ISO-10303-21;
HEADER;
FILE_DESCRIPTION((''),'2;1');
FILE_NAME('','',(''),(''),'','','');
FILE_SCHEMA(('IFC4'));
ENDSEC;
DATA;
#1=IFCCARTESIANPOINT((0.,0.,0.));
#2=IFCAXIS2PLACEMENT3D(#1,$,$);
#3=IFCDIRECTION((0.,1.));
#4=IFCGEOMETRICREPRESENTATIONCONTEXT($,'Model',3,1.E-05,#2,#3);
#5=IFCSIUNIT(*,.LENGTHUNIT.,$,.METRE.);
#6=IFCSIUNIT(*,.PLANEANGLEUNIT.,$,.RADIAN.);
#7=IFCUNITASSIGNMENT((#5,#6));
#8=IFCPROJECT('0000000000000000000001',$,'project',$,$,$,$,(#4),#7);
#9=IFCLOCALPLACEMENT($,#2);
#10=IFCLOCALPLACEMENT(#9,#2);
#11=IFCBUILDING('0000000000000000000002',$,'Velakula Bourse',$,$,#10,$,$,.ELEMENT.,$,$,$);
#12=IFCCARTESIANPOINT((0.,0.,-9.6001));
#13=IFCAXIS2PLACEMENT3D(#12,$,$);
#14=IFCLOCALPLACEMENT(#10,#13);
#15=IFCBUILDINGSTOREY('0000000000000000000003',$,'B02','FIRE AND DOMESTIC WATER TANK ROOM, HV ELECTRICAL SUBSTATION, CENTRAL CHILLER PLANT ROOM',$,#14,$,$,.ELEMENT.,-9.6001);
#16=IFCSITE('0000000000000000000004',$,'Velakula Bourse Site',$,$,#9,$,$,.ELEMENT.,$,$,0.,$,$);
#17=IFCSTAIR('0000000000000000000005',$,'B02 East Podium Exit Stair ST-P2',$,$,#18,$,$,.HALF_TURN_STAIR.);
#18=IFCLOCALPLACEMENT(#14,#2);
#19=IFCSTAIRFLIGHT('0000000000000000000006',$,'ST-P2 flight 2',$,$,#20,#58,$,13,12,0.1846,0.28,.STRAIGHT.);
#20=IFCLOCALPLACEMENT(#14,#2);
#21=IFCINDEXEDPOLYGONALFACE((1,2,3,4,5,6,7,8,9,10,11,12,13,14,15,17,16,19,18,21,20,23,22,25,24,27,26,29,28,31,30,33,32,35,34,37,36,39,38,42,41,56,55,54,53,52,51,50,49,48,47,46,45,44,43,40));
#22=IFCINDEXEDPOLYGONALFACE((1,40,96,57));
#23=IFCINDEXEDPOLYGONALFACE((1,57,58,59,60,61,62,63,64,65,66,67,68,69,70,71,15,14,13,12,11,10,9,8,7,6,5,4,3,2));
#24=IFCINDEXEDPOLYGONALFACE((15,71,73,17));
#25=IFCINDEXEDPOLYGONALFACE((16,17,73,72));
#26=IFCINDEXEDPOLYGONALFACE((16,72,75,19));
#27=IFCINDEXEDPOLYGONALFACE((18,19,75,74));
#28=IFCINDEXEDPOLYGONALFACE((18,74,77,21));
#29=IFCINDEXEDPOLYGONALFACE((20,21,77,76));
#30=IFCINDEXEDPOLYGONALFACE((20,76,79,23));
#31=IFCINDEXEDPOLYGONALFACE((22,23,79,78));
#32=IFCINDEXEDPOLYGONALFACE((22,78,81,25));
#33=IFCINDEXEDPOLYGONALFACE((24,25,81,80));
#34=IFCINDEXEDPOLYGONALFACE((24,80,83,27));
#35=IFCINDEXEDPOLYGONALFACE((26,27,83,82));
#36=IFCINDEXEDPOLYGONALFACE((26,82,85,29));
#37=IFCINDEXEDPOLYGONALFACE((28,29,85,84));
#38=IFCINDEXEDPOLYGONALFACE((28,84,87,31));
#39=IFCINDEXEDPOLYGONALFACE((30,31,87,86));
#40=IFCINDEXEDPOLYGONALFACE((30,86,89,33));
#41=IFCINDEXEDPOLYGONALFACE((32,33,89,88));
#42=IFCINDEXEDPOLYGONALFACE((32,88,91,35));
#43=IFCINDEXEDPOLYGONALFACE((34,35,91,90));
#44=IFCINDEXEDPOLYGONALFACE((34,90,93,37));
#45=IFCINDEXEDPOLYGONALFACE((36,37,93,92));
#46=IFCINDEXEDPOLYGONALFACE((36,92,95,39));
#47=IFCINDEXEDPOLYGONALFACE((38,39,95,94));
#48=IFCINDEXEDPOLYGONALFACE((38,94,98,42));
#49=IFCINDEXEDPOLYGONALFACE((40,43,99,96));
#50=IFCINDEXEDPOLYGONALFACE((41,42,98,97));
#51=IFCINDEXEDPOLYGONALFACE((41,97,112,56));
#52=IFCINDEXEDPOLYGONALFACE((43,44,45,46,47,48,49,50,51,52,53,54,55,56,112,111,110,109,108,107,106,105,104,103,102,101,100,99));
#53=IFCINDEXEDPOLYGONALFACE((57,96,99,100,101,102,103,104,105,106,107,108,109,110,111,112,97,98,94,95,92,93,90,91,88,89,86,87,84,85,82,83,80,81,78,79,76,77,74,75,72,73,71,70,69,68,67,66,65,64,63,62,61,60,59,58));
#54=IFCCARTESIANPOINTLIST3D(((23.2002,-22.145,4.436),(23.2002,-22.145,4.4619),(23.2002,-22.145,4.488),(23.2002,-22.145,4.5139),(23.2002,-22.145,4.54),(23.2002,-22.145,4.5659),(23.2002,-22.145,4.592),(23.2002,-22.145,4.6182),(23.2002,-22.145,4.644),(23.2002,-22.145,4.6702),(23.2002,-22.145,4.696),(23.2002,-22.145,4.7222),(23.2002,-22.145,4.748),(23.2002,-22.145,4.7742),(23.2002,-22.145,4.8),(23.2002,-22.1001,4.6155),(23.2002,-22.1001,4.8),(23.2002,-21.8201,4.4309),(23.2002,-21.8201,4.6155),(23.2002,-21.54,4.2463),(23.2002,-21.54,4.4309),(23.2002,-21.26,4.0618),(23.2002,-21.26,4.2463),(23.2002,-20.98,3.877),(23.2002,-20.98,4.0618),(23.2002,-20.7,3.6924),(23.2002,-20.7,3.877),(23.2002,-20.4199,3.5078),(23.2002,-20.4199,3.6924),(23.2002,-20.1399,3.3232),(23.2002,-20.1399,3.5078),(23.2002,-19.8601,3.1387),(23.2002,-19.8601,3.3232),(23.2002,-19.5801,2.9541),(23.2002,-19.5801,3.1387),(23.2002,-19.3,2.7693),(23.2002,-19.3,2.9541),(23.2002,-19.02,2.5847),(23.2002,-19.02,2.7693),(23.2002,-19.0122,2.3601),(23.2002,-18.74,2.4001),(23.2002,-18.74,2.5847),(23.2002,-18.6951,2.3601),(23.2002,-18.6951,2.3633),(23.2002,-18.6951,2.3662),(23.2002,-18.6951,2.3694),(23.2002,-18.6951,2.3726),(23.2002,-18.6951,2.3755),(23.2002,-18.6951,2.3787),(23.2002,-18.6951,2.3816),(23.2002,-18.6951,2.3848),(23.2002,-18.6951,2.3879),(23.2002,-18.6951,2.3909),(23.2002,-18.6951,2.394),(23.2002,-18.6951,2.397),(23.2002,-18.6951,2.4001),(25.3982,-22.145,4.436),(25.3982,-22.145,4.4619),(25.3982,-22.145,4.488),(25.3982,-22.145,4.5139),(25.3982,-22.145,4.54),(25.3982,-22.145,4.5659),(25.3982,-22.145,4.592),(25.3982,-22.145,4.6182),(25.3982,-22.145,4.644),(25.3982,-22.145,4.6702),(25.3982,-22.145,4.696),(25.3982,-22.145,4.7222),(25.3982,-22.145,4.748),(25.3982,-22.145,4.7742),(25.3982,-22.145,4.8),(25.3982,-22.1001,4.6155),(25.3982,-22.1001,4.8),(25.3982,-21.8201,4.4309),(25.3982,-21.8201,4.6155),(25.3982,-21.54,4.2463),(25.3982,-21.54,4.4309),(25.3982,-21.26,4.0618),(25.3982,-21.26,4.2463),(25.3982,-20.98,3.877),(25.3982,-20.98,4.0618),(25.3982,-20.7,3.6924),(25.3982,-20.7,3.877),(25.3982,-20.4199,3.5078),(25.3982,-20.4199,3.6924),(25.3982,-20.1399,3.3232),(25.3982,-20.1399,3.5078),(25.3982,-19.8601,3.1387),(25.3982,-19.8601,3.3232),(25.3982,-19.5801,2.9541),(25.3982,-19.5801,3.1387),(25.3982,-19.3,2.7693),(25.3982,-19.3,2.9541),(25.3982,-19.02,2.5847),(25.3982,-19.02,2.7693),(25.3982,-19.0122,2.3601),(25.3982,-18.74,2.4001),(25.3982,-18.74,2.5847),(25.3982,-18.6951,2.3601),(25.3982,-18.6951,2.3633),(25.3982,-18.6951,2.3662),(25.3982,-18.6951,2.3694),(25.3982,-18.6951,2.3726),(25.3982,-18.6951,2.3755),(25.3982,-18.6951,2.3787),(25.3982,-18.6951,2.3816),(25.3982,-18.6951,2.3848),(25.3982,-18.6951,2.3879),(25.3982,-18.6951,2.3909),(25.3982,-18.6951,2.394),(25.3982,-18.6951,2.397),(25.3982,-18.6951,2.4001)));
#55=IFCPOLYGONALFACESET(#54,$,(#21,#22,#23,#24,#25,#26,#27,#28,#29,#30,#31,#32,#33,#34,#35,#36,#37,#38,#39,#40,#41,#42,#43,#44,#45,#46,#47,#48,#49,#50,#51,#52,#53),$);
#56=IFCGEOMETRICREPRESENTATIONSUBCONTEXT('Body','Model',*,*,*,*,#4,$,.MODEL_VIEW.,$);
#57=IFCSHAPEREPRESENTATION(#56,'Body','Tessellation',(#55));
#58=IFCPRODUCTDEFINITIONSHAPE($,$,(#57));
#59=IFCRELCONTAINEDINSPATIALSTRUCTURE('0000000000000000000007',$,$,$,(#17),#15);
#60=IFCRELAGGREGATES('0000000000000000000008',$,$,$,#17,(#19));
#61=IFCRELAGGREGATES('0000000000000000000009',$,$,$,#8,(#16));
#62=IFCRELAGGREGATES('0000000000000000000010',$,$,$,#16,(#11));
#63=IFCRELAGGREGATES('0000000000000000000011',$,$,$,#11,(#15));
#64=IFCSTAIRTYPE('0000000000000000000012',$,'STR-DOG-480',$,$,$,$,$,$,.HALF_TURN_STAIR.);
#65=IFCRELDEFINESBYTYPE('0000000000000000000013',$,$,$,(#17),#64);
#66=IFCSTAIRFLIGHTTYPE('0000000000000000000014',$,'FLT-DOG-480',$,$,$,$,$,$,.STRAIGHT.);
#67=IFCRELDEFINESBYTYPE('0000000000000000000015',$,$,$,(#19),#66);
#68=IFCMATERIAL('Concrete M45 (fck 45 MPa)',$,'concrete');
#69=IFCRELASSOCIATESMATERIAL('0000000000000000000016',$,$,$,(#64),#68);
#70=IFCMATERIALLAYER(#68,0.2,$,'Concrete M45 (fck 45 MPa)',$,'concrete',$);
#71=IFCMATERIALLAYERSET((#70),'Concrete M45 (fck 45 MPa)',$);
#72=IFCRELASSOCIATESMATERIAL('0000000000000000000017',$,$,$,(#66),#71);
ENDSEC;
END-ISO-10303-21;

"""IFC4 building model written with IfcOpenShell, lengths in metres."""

from ifc_helpers import new_model, si_unit, direction, frame, origin, place, context, subcontext, project, spatial, polyline, outline, extrude, material, layer, layer_set, type_object, element, aggregate, save


model = new_model("IFC4")

# Units and contexts
model_context = context("Model", 3, precision=1e-05, world=origin(), true_north=direction((0.0, 1.0)))
body_context = subcontext(model_context, "Body", "Model", "MODEL_VIEW")
ifc_project = project(units=[si_unit("LENGTHUNIT", "METRE"), si_unit("PLANEANGLEUNIT", "RADIAN")], contexts=[model_context])

# Site, building, storey
site_placement = place(None, origin())
site = spatial("IfcSite", under=ifc_project, at=site_placement, Name="Velakula Bourse Site", CompositionType="ELEMENT", RefElevation=0.0)
building_placement = place(site_placement, origin())
building = spatial("IfcBuilding", under=site, at=building_placement, Name="Velakula Bourse", CompositionType="ELEMENT")
storey_placement = place(building_placement, frame((0.0, 0.0, -9.6001)))
storey = spatial("IfcBuildingStorey", under=building, at=storey_placement, Name="B02", Description="FIRE AND DOMESTIC WATER TANK ROOM, HV ELECTRICAL SUBSTATION, CENTRAL CHILLER PLANT ROOM", CompositionType="ELEMENT", Elevation=-9.6001)

# Stair, stair flight
ifc_material_1 = material(Name="Concrete M45 (fck 45 MPa)", Category="concrete")
stair_type = type_object("IfcStairType", Name="STR-DOG-480", PredefinedType="HALF_TURN_STAIR", material=ifc_material_1)
stair_placement = place(storey_placement, origin())
stair = element("IfcStair", 1, at=stair_placement, inside=storey, type_object=stair_type, Name="B02 East Podium Exit Stair ST-P2", PredefinedType="HALF_TURN_STAIR")
ifc_layer_1 = layer(ifc_material_1, 0.2, Name="Concrete M45 (fck 45 MPa)", Category="concrete")
ifc_layer_set_1 = layer_set([ifc_layer_1], Name="Concrete M45 (fck 45 MPa)")
stair_flight_type = type_object("IfcStairFlightType", Name="FLT-DOG-480", PredefinedType="STRAIGHT", material=ifc_layer_set_1)
stair_flight_1_placement = place(storey_placement, frame((24.2991, -18.74, 2.4001), z_axis=(0.0, 0.0, 1.0), x_axis=(0.0, -1.0, 0.0)))
stair_flight_1 = element("IfcStairFlight", 2, at=stair_flight_1_placement, type_object=stair_flight_type, Name="ST-P2 flight 2", NumberOfRisers=13, NumberOfTreads=12, PredefinedType="STRAIGHT", RiserHeight=0.1846, TreadLength=0.28, context=body_context, shape_type="SweptSolid", body=[
    extrude(outline(polyline([(-0.0449, -0.04), (-0.0449, -0.0369), (-0.0449, -0.0339), (-0.0449, -0.0308), (-0.0449, -0.0276), (-0.0449, -0.0247), (-0.0449, -0.0215), (-0.0449, -0.0186), (-0.0449, -0.0154), (-0.0449, -0.0122), (-0.0449, -0.0093), (-0.0449, -0.0061), (-0.0449, -0.0032), (-0.0449, 0.0), (0.0, 0.0), (0.0, 0.1846), (0.28, 0.1846), (0.28, 0.3691), (0.5601, 0.3691), (0.5601, 0.554), (0.8401, 0.554), (0.8401, 0.7385), (1.1201, 0.7385), (1.1201, 0.9231), (1.3999, 0.9231), (1.3999, 1.1077), (1.6799, 1.1077), (1.6799, 1.2922), (1.96, 1.2922), (1.96, 1.4768), (2.24, 1.4768), (2.24, 1.6616), (2.52, 1.6616), (2.52, 1.8462), (2.8, 1.8462), (2.8, 2.0308), (3.0801, 2.0308), (3.0801, 2.2153), (3.3601, 2.2153), (3.3601, 2.3999), (3.405, 2.3999), (3.405, 2.374), (3.405, 2.3479), (3.405, 2.322), (3.405, 2.2959), (3.405, 2.27), (3.405, 2.2439), (3.405, 2.218), (3.405, 2.1919), (3.405, 2.1658), (3.405, 2.1399), (3.405, 2.1138), (3.405, 2.0879), (3.405, 2.0618), (3.405, 2.0359), (0.2722, -0.04), (-0.0449, -0.04)])), frame((0.0, 1.0991, 0.0), z_axis=(0.0, -1.0, 0.0), x_axis=(1.0, 0.0, 0.0)), (0.0, 0.0, 1.0), 2.198),
])
aggregate(stair, [stair_flight_1])

save(model, "model.ifc")
